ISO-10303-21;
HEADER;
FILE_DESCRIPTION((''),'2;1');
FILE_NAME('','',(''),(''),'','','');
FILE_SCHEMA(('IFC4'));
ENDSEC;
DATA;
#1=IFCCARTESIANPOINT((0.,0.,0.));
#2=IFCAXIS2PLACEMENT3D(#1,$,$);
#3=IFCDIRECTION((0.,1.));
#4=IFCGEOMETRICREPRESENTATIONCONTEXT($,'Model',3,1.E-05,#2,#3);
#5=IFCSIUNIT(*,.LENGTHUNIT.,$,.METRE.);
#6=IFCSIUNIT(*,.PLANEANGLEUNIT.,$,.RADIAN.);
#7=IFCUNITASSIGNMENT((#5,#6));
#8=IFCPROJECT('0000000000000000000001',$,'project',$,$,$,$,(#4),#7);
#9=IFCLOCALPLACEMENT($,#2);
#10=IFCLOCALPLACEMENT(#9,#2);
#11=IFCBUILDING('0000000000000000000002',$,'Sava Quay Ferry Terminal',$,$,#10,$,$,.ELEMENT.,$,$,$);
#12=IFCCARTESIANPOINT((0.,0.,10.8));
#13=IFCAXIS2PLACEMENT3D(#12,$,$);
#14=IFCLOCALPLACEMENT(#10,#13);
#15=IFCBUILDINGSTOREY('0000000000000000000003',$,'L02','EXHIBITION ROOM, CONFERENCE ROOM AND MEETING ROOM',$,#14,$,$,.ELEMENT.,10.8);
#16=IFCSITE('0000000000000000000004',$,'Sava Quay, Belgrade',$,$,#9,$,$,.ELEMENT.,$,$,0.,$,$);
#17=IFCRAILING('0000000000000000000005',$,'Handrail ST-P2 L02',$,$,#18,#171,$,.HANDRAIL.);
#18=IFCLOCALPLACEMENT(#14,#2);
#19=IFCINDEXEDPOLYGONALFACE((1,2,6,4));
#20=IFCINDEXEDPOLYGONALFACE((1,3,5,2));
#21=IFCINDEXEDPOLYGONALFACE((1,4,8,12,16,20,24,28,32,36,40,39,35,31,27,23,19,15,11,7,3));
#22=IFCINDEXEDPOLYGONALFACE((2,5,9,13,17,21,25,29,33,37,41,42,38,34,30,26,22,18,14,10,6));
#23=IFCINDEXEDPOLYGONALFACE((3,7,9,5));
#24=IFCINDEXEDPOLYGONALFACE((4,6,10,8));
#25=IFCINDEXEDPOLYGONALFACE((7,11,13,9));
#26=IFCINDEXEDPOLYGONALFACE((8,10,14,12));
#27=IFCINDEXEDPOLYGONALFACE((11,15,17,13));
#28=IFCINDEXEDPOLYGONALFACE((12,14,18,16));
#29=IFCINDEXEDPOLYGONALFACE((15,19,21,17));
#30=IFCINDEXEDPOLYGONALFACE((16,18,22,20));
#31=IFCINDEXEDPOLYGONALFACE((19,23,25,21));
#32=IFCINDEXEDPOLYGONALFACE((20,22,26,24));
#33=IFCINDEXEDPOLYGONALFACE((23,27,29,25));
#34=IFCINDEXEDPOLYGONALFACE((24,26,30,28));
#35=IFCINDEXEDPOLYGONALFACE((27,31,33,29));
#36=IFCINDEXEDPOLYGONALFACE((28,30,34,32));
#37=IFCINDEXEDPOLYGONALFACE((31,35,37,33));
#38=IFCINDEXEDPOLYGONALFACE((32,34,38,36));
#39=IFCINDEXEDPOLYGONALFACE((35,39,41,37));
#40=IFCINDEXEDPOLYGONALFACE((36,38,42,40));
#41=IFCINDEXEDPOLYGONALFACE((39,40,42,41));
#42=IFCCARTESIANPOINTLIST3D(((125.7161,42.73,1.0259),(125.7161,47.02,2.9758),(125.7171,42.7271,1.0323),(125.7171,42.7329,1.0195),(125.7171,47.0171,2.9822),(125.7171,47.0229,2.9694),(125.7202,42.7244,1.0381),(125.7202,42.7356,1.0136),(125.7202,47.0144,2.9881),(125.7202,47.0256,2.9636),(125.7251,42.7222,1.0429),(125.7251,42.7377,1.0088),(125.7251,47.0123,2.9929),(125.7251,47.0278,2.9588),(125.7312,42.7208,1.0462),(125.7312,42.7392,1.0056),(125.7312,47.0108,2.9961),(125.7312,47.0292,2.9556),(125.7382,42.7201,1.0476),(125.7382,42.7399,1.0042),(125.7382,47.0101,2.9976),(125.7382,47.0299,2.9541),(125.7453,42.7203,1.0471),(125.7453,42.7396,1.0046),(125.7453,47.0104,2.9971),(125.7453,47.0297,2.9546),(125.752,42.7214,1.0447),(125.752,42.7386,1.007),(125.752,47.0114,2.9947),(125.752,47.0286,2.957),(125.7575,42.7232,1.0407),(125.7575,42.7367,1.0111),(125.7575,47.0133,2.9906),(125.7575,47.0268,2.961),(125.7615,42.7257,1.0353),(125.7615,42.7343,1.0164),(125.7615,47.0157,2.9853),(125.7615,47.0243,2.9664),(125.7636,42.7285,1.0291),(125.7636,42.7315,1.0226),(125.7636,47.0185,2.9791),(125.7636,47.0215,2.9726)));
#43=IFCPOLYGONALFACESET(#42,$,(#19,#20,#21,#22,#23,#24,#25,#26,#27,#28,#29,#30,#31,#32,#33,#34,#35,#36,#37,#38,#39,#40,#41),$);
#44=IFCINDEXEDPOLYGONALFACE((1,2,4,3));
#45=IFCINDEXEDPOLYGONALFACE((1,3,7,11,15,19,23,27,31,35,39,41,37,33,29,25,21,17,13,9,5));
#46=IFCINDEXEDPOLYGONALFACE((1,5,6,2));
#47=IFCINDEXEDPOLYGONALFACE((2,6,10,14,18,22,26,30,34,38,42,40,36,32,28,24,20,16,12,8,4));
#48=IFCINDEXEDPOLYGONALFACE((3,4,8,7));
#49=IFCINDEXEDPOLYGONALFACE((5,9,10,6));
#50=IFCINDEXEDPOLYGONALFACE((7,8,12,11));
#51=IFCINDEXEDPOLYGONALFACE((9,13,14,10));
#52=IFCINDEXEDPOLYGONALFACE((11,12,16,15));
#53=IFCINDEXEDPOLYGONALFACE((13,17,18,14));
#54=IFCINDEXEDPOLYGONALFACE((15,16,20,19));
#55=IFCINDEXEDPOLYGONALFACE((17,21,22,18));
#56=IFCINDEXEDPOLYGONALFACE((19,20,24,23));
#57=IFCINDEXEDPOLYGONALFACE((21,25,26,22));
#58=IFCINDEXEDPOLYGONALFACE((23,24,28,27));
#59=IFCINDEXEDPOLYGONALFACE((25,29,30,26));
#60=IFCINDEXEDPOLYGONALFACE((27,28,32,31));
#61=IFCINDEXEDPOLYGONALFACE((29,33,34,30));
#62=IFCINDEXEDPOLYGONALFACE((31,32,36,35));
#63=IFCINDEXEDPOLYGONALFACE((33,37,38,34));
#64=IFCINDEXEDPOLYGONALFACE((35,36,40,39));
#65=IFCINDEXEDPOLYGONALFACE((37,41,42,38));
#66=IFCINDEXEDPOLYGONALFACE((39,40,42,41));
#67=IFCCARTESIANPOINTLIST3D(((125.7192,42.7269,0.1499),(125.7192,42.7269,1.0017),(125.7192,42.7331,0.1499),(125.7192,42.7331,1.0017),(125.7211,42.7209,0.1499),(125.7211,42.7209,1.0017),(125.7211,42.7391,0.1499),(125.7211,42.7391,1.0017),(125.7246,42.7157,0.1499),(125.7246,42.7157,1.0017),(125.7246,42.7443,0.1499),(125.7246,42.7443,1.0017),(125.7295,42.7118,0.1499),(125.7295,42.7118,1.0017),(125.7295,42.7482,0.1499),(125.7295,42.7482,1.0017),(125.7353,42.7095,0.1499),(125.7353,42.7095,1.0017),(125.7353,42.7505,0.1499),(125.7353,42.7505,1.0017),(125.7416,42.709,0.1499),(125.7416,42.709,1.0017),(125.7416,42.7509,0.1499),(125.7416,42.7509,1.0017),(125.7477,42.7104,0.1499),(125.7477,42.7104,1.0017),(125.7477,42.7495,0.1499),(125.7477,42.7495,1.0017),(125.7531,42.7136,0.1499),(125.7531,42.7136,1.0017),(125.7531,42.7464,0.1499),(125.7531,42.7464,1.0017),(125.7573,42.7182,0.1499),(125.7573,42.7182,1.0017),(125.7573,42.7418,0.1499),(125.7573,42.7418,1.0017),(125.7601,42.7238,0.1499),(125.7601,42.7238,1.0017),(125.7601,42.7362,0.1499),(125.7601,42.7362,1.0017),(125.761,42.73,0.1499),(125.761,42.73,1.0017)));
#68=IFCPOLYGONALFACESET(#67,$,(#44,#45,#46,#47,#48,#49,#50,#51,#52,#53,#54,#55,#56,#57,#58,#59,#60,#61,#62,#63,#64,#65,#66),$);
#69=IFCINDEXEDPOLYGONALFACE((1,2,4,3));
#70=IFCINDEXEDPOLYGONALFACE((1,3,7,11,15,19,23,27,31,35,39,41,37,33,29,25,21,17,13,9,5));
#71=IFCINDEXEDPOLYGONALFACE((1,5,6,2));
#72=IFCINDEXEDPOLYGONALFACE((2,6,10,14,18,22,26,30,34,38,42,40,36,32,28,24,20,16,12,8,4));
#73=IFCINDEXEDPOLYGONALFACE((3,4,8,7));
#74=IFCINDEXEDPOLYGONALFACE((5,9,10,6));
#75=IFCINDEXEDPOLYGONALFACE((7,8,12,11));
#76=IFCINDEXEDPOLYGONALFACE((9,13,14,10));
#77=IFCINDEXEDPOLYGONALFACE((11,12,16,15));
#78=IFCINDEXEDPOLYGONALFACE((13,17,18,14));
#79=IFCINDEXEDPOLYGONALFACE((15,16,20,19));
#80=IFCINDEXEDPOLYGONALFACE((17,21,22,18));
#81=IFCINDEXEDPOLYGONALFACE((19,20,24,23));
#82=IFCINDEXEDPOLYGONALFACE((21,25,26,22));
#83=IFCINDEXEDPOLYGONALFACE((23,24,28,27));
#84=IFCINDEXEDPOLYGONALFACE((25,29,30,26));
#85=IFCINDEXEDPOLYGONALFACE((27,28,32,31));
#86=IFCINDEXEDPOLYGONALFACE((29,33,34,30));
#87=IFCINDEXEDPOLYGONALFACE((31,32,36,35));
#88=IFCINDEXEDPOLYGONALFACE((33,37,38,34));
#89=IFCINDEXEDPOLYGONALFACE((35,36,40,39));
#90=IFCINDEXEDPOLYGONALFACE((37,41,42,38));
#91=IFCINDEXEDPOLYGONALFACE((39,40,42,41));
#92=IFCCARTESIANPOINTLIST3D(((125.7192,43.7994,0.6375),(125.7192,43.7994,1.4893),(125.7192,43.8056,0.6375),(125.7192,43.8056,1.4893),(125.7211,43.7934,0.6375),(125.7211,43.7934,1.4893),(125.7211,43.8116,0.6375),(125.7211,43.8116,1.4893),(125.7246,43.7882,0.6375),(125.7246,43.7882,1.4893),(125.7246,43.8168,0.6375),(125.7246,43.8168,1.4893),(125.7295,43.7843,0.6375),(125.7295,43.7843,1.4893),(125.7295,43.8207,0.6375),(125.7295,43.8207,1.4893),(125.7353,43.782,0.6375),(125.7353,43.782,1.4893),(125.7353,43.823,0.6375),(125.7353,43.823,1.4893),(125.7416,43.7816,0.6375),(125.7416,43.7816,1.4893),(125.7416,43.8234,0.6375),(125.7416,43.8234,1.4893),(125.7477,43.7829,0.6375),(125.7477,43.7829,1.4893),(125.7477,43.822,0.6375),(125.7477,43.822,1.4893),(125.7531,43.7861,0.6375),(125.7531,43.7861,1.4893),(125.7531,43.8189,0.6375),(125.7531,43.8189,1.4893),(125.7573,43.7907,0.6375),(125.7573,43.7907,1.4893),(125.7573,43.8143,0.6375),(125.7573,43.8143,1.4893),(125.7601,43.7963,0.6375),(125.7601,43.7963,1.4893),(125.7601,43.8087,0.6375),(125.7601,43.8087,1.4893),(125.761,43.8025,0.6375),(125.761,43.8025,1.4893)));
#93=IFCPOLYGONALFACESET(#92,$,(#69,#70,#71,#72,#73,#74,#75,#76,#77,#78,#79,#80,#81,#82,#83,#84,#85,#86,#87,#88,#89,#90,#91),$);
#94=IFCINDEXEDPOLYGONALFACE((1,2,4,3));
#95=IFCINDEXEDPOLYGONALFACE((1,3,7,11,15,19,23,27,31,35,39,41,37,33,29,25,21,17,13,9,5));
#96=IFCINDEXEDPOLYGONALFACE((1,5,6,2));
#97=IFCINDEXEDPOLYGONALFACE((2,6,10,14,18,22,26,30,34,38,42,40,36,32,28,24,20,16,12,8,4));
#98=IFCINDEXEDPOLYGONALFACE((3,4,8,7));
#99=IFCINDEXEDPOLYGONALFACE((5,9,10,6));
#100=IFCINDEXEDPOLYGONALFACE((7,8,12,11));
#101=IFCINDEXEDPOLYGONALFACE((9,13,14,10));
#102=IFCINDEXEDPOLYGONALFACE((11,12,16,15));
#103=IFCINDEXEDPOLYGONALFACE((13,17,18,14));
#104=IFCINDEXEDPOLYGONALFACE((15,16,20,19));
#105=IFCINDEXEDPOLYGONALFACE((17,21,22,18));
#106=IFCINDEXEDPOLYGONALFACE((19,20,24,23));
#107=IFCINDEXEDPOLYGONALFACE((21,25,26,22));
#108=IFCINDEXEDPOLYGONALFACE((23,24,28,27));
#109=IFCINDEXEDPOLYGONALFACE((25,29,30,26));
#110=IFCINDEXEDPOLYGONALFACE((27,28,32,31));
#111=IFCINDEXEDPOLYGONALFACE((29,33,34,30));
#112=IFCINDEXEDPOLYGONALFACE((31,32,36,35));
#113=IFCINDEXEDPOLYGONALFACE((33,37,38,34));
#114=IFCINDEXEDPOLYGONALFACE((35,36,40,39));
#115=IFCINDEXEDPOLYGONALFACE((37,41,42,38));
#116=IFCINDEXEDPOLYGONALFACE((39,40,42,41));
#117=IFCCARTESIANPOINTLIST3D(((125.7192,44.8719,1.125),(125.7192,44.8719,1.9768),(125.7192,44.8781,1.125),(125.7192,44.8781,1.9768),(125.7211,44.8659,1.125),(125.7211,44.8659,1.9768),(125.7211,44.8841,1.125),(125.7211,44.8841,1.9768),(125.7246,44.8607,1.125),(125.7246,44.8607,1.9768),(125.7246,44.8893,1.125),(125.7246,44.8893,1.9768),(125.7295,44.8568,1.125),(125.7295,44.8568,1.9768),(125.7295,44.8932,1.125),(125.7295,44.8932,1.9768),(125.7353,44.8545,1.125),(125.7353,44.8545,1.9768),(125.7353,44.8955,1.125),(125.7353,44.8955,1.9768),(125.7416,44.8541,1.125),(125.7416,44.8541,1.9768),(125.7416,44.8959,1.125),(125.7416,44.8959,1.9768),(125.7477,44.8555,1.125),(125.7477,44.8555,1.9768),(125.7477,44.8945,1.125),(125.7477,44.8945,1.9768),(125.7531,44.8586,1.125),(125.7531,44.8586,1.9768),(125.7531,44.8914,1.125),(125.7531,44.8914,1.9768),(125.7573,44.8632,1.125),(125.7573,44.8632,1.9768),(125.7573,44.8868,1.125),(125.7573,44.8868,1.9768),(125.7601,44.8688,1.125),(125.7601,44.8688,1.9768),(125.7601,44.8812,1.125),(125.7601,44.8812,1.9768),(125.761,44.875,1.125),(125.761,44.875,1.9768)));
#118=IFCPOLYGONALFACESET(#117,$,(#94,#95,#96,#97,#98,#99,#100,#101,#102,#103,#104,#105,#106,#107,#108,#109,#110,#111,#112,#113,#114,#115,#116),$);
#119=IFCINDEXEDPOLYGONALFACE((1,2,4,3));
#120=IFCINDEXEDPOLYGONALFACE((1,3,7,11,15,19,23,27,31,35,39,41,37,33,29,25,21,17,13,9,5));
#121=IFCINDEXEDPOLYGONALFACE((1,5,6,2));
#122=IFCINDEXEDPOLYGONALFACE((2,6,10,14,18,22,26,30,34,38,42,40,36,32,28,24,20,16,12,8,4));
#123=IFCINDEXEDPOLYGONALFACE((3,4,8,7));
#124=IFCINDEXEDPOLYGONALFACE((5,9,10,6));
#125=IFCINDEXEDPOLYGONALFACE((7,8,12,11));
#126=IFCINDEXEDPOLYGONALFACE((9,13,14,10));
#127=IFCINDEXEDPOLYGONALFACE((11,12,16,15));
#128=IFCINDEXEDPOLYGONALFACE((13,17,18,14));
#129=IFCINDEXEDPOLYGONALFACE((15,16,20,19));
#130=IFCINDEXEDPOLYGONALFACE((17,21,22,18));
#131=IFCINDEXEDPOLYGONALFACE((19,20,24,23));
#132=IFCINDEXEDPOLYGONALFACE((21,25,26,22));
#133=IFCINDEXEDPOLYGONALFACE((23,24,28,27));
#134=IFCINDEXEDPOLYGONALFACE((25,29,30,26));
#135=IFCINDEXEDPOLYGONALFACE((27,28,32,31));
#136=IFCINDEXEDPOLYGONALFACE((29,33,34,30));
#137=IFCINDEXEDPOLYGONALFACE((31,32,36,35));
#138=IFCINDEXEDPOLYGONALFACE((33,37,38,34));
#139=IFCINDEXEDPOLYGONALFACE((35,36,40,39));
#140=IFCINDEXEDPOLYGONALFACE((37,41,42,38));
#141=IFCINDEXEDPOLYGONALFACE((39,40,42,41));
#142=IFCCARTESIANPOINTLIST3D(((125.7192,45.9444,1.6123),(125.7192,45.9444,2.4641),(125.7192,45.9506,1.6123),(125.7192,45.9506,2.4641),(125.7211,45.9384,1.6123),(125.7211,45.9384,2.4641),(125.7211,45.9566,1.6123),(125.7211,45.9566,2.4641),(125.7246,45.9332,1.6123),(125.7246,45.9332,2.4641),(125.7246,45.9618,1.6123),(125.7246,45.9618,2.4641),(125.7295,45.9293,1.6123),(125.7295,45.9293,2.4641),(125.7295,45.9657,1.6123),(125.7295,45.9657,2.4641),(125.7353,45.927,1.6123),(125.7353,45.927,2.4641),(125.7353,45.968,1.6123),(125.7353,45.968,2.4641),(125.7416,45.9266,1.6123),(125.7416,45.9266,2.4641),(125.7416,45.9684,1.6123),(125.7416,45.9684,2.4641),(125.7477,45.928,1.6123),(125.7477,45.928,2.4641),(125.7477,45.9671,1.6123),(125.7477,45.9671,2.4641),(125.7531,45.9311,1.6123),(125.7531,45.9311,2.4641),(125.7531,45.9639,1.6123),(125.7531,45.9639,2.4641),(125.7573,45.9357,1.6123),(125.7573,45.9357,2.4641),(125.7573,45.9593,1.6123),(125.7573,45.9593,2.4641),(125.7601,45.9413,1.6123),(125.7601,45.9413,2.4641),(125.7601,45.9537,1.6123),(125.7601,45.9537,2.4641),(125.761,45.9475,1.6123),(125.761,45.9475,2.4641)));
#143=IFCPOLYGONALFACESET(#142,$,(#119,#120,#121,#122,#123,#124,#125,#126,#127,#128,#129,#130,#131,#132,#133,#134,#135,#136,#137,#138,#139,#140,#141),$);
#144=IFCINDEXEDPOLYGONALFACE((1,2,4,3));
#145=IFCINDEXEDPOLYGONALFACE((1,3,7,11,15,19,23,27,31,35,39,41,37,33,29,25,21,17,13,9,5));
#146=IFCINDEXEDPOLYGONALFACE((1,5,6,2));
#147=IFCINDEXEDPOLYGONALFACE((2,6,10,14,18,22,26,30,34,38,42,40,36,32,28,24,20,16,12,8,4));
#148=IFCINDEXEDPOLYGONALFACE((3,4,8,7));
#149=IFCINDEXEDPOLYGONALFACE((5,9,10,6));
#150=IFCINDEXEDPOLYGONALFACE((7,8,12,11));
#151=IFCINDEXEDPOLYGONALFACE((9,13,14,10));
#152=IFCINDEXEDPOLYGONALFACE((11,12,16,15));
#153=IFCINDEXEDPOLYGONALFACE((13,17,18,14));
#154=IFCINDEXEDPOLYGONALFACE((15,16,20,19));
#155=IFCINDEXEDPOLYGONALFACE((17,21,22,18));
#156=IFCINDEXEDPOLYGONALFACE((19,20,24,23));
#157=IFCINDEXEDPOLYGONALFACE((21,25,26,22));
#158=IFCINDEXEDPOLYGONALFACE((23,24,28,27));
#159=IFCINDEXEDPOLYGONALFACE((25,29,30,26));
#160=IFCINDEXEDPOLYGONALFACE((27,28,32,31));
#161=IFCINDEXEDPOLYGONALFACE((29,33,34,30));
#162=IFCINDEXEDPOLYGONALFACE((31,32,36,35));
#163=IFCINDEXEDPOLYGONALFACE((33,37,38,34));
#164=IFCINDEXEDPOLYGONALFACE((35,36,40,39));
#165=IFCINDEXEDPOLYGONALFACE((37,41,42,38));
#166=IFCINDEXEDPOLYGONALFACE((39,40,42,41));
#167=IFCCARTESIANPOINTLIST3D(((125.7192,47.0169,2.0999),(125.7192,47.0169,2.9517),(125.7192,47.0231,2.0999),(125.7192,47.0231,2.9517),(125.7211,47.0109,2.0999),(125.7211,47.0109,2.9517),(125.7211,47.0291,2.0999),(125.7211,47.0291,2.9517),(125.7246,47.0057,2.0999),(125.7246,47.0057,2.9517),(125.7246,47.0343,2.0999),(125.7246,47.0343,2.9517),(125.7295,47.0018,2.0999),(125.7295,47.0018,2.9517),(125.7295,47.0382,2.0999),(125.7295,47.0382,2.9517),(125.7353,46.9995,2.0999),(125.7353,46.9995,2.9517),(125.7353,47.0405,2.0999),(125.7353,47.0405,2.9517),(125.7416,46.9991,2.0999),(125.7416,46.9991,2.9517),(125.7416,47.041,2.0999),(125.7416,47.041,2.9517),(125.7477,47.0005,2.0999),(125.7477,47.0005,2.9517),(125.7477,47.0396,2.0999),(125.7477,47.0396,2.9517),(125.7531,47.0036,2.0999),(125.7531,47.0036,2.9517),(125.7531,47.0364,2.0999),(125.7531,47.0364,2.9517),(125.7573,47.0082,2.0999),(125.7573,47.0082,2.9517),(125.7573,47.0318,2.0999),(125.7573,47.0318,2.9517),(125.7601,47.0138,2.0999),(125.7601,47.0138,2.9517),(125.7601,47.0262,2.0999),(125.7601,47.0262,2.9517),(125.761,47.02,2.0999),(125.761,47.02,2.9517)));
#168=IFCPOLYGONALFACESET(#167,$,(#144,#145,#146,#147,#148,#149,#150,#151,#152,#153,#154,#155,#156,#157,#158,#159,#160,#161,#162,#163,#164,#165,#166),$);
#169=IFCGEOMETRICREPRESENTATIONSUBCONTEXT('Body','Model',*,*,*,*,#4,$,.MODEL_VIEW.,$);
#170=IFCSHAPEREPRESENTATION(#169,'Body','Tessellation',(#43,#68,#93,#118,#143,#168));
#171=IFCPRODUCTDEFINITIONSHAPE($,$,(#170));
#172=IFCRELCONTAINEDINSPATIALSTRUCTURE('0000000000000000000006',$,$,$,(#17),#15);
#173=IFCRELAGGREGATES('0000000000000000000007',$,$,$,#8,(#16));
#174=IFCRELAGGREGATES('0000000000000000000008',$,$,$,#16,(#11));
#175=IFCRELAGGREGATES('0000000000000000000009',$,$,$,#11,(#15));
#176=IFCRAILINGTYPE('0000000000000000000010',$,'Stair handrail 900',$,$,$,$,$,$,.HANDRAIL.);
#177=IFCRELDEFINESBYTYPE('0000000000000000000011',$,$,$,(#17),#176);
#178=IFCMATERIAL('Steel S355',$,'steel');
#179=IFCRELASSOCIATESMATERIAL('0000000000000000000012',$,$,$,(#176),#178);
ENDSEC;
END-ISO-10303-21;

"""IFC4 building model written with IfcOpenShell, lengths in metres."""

from ifc_helpers import new_model, si_unit, direction, frame, origin, origin_2d, place, context, subcontext, project, spatial, circle, extrude, material, type_object, element, save


model = new_model("IFC4")

# Units and contexts
model_context = context("Model", 3, precision=1e-05, world=origin(), true_north=direction((0.0, 1.0)))
body_context = subcontext(model_context, "Body", "Model", "MODEL_VIEW")
ifc_project = project(units=[si_unit("LENGTHUNIT", "METRE"), si_unit("PLANEANGLEUNIT", "RADIAN")], contexts=[model_context])

# Site, building, storey
site_placement = place(None, origin())
site = spatial("IfcSite", under=ifc_project, at=site_placement, Name="Sava Quay, Belgrade", CompositionType="ELEMENT", RefElevation=0.0)
building_placement = place(site_placement, origin())
building = spatial("IfcBuilding", under=site, at=building_placement, Name="Sava Quay Ferry Terminal", CompositionType="ELEMENT")
storey_placement = place(building_placement, frame((0.0, 0.0, 10.8)))
storey = spatial("IfcBuildingStorey", under=building, at=storey_placement, Name="L02", Description="EXHIBITION ROOM, CONFERENCE ROOM AND MEETING ROOM", CompositionType="ELEMENT", Elevation=10.8)

# Railing
ifc_material_1 = material(Name="Steel S355", Category="steel")
railing_type_1 = type_object("IfcRailingType", Name="Stair handrail 900", PredefinedType="HANDRAIL", material=ifc_material_1)
railing_1_placement = place(storey_placement, frame((125.74, 42.73, 0.1499)))
element("IfcRailing", 1, at=railing_1_placement, inside=storey, type_object=railing_type_1, Name="Handrail ST-P2 L02", PredefinedType="HANDRAIL", context=body_context, shape_type="SweptSolid", body=[
    extrude(circle(Radius=0.0239, at=origin_2d()), frame((0.0, 0.0, 0.876), z_axis=(0.0, 0.910372, 0.413791), x_axis=(-1.0, 0.0, 0.0)), (0.0, 0.0, 1.0), 4.7124),
    extrude(circle(Radius=0.021, at=origin_2d()), origin(), (0.0, 0.0, 1.0), 0.8518),
    extrude(circle(Radius=0.021, at=origin_2d()), frame((0.0, 1.0725, 0.4875)), (0.0, 0.0, 1.0), 0.8518),
    extrude(circle(Radius=0.021, at=origin_2d()), frame((0.0, 2.145, 0.9751)), (0.0, 0.0, 1.0), 0.8518),
    extrude(circle(Radius=0.021, at=origin_2d()), frame((0.0, 3.2175, 1.4624)), (0.0, 0.0, 1.0), 0.8518),
    extrude(circle(Radius=0.021, at=origin_2d()), frame((0.0, 4.29, 1.95)), (0.0, 0.0, 1.0), 0.8518),
])

save(model, "model.ifc")
